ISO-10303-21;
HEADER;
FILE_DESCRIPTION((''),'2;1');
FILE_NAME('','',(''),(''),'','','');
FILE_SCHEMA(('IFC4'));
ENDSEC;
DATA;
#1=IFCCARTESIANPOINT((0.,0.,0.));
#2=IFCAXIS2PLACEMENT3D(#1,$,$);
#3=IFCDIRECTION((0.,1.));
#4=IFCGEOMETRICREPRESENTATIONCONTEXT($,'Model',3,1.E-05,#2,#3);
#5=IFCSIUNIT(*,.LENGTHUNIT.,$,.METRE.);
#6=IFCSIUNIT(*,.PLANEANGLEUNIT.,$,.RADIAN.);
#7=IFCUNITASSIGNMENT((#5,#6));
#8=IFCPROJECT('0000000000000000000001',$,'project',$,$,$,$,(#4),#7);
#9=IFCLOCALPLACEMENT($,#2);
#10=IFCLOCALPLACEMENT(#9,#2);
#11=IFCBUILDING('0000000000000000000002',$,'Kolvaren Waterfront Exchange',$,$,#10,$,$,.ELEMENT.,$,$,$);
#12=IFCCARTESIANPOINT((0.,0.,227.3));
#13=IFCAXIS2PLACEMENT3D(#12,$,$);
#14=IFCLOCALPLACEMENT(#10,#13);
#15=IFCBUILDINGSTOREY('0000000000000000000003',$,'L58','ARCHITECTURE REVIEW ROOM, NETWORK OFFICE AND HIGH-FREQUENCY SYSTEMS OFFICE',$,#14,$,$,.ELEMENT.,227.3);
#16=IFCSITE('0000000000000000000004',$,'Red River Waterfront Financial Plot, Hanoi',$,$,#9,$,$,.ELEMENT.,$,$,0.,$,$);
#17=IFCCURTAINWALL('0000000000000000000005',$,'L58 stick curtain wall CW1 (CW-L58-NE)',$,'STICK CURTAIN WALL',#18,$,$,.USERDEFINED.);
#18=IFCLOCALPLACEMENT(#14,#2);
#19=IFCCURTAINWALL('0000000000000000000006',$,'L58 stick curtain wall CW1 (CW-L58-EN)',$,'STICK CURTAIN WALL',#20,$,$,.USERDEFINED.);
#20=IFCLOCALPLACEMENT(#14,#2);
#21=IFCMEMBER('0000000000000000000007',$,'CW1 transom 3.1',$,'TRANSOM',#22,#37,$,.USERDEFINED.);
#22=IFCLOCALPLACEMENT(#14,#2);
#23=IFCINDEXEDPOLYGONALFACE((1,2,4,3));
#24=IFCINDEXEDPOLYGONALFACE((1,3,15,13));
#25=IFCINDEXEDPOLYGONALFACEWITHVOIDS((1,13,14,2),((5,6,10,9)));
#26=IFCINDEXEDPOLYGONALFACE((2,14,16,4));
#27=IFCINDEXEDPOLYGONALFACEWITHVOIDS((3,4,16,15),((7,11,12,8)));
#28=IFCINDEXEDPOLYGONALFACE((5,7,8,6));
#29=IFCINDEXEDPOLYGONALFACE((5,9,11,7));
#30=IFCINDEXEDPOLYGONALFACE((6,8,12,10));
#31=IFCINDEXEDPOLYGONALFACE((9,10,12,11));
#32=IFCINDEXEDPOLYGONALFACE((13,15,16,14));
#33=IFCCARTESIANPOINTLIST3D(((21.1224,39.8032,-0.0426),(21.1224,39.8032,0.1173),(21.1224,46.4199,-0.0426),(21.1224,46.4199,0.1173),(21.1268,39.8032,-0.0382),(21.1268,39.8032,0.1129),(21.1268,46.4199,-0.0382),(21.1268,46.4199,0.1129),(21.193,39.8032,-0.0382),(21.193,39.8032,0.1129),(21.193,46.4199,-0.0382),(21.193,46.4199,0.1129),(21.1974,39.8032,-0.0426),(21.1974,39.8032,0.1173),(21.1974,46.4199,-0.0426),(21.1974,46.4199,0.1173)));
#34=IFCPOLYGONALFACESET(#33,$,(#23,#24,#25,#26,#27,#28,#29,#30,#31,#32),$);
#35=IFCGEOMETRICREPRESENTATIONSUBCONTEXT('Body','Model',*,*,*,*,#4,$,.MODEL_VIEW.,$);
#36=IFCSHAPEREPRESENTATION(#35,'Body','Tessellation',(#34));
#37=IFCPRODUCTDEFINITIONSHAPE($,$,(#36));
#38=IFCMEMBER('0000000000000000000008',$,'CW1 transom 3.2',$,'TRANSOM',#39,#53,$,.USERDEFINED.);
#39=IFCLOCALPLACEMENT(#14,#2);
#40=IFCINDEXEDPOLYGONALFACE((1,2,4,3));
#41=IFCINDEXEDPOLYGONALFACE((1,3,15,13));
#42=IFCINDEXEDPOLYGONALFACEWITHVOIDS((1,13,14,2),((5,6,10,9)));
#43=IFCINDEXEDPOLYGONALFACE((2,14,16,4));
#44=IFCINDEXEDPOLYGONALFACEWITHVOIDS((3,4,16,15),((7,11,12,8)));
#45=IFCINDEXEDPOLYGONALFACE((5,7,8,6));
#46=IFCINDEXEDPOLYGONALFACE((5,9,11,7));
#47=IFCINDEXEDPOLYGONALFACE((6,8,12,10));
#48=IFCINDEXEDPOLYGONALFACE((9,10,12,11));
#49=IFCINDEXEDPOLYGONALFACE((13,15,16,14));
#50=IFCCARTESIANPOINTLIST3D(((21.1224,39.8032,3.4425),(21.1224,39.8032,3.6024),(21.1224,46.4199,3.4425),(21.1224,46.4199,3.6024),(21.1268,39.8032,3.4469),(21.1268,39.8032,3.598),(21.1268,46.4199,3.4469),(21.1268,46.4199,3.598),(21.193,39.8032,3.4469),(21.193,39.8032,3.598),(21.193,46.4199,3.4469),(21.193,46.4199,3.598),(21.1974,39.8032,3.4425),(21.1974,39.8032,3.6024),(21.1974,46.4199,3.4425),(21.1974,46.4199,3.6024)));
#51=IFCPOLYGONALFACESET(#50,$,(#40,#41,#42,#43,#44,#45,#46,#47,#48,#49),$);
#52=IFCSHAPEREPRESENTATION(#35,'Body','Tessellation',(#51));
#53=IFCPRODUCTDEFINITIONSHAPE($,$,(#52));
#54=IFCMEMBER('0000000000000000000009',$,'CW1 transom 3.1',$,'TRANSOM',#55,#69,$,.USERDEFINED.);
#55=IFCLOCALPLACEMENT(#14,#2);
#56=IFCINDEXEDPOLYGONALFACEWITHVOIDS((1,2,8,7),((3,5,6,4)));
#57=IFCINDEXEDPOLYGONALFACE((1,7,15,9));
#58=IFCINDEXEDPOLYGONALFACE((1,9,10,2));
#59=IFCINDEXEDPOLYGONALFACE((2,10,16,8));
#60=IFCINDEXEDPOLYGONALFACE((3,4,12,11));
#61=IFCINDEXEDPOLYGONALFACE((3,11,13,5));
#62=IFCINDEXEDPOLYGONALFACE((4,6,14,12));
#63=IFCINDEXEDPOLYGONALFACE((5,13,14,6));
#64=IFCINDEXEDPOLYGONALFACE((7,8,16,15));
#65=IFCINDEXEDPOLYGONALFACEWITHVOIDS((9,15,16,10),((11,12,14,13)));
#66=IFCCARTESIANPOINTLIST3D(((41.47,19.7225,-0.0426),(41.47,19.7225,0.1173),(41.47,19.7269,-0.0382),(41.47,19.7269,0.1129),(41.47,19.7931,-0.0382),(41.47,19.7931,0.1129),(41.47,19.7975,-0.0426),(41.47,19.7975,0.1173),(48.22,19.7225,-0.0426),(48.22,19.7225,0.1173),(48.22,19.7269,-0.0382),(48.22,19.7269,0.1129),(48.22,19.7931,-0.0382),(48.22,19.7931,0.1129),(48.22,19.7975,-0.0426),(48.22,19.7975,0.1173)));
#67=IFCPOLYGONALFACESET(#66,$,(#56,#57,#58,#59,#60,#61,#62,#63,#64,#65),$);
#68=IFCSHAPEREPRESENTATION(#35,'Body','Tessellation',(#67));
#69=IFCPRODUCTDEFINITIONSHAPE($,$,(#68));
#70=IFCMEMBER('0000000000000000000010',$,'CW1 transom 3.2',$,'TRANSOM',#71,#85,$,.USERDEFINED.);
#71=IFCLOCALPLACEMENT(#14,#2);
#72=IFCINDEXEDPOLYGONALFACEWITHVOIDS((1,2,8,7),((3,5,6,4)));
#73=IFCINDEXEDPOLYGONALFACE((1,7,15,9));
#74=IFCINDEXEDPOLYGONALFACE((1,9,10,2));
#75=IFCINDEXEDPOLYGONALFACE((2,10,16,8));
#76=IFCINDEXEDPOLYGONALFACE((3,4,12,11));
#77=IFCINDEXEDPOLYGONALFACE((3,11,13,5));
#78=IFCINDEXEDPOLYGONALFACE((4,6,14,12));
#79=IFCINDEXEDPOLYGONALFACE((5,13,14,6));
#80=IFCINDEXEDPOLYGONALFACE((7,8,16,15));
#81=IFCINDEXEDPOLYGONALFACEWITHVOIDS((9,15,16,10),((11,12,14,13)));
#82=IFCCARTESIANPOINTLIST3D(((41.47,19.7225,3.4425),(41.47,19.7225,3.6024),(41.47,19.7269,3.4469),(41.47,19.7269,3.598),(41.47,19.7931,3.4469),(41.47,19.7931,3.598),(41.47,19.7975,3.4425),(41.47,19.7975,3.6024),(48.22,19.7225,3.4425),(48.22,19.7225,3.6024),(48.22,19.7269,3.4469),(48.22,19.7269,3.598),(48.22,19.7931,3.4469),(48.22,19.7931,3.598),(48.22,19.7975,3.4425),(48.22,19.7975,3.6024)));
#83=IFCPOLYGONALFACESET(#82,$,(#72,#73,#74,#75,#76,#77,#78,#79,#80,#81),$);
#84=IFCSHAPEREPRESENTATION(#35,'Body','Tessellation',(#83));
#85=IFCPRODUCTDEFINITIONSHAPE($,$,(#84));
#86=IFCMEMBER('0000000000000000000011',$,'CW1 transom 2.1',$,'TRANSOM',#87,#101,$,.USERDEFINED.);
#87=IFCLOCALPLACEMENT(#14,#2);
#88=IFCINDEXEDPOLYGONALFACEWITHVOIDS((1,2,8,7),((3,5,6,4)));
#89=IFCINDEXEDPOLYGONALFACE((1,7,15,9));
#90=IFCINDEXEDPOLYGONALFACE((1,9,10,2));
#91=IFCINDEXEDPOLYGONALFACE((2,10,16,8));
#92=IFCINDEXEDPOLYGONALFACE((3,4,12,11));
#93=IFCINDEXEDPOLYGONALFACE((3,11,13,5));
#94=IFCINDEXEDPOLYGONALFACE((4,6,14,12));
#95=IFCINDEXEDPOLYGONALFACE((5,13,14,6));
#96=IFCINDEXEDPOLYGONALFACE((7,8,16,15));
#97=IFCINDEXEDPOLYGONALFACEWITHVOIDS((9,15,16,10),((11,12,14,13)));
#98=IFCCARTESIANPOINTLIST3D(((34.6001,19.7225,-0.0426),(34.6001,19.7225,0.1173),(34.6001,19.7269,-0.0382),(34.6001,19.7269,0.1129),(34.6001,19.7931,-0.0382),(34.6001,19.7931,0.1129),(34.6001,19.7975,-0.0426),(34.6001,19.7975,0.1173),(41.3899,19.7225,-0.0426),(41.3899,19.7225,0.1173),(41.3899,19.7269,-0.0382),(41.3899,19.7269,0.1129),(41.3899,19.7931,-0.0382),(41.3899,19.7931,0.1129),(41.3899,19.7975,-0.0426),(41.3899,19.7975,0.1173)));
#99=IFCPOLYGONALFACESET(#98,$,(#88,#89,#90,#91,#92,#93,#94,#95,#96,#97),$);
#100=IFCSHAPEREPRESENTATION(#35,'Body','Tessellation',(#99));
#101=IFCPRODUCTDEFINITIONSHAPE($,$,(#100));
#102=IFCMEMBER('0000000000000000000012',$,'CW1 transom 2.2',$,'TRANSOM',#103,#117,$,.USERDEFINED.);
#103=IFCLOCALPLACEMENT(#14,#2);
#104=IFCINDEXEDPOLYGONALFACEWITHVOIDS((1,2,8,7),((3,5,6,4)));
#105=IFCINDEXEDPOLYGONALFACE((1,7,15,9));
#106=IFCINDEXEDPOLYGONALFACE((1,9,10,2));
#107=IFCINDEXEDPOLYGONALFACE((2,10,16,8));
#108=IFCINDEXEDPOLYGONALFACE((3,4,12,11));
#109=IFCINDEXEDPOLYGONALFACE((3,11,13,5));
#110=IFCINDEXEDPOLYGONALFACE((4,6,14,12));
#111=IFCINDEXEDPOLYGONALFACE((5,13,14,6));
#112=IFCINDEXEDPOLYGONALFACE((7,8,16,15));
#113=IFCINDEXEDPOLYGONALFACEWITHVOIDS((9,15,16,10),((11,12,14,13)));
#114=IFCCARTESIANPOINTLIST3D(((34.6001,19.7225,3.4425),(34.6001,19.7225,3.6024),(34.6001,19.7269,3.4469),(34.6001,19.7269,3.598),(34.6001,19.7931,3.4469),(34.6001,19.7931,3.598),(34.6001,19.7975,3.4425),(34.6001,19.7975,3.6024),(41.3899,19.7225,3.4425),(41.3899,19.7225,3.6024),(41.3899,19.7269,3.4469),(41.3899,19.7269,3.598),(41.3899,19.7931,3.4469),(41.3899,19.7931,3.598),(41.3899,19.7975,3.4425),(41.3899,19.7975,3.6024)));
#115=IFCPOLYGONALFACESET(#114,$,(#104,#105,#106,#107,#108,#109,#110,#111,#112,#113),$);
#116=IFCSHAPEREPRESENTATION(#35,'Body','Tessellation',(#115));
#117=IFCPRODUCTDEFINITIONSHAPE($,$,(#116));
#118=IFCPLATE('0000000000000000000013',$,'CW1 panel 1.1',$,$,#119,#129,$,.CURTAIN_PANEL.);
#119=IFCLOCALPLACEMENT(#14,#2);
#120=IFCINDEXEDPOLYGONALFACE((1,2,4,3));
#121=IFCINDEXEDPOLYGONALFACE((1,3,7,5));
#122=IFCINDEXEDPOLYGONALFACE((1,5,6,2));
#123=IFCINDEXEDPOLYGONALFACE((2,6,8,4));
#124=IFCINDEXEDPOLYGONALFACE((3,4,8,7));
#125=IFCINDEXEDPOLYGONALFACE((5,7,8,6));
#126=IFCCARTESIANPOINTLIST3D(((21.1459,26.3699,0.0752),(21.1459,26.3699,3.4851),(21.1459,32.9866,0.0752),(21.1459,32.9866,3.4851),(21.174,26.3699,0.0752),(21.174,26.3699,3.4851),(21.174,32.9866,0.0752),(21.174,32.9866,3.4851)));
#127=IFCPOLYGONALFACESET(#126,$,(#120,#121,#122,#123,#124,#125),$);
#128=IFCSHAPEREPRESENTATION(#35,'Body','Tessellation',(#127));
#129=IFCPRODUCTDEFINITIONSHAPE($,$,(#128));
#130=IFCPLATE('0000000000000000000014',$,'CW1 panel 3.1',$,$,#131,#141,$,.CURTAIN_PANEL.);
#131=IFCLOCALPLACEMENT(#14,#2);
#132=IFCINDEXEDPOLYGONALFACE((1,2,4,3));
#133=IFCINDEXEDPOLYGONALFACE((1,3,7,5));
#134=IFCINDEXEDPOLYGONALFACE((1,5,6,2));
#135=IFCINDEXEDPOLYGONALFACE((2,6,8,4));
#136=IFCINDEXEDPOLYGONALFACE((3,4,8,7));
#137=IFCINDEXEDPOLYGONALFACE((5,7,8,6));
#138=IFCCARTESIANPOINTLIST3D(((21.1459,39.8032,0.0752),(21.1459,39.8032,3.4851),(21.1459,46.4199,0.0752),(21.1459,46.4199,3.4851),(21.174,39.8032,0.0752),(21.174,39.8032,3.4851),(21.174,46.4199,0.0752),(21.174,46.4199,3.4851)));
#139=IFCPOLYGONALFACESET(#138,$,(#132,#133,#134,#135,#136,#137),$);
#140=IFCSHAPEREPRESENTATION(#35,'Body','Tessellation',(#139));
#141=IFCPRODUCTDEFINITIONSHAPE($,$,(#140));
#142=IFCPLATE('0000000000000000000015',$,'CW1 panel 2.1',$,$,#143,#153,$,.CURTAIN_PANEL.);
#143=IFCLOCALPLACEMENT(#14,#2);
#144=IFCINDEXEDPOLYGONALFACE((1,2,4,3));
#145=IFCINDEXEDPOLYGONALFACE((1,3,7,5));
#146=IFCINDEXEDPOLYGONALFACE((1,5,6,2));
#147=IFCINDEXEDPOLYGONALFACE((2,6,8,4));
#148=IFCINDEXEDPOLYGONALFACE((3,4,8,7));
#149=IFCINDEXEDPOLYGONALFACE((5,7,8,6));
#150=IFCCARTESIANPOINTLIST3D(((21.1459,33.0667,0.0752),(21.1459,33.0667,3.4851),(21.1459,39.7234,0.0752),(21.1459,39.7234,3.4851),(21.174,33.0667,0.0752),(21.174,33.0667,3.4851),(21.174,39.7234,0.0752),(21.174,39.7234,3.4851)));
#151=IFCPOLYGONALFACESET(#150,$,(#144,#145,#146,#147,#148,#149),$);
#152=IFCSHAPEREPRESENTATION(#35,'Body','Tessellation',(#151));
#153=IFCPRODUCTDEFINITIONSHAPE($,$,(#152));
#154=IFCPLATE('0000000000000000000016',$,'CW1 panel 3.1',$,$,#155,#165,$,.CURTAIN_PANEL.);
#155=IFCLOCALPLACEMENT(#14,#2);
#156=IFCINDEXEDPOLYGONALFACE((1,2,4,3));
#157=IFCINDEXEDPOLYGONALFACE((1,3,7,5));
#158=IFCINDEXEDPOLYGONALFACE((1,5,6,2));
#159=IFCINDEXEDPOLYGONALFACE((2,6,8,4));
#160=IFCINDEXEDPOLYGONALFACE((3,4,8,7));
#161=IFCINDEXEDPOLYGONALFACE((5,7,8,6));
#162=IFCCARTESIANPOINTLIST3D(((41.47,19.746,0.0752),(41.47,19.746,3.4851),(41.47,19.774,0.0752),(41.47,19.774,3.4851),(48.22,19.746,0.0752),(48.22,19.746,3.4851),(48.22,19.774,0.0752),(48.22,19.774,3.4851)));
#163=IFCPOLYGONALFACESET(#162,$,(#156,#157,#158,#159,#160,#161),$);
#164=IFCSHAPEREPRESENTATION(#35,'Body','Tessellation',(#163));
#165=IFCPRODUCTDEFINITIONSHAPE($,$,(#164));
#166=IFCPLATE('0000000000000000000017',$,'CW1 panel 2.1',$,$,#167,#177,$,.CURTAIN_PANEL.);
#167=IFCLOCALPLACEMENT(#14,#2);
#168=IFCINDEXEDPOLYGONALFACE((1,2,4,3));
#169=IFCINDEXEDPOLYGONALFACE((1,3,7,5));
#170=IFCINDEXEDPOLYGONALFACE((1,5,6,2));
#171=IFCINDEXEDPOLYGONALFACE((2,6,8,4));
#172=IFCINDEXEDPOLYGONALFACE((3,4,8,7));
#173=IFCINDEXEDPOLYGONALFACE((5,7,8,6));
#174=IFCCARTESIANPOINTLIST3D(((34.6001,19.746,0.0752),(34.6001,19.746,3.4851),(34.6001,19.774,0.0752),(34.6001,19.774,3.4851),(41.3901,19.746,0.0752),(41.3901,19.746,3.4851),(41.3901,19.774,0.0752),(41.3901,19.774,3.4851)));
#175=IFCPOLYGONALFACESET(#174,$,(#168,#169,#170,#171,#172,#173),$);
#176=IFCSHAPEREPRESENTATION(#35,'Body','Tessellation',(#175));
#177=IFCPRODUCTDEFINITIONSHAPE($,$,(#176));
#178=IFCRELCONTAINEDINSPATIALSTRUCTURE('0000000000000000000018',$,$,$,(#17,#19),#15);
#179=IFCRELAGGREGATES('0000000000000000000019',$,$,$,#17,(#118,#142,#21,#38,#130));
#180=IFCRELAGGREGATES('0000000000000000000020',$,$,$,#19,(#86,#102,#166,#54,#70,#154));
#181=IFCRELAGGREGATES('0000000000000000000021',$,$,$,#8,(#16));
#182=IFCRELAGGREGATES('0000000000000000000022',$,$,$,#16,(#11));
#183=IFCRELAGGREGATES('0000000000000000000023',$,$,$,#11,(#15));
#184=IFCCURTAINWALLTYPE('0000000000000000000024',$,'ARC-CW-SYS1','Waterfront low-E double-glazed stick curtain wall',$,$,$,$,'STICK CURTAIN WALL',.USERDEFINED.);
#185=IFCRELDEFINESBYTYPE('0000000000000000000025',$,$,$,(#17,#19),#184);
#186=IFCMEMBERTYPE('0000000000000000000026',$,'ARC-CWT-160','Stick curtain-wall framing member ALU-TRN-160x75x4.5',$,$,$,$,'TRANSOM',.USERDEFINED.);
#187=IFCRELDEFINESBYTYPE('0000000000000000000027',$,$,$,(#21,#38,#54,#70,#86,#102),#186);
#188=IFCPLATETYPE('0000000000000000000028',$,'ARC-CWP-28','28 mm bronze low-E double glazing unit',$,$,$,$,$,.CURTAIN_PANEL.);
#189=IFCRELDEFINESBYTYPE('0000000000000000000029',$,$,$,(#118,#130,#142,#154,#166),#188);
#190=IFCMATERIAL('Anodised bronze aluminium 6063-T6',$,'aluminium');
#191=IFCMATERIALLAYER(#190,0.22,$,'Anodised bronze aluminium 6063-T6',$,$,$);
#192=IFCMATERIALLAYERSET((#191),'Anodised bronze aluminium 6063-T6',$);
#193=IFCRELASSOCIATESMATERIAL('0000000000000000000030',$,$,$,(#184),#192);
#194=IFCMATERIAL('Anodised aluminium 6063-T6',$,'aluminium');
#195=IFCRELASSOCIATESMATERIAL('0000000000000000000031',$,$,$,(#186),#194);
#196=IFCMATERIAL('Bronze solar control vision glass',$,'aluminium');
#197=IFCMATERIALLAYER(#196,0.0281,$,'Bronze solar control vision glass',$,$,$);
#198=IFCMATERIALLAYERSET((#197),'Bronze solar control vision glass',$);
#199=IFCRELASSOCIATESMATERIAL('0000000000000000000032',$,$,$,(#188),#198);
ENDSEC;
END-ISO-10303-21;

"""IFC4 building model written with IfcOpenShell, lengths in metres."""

from ifc_helpers import new_model, si_unit, direction, frame, origin, origin_with_axes, origin_2d, place, context, subcontext, project, spatial, rectangle, hollow_rectangle, extrude, source, transform, mapped, material, layer, layer_set, material_profile, profile_set, type_object, element, aggregate, save


model = new_model("IFC4")

# Units and contexts
model_context = context("Model", 3, precision=1e-05, world=origin(), true_north=direction((0.0, 1.0)))
body_context = subcontext(model_context, "Body", "Model", "MODEL_VIEW")
ifc_project = project(units=[si_unit("LENGTHUNIT", "METRE"), si_unit("PLANEANGLEUNIT", "RADIAN")], contexts=[model_context])

# Site, building, storey
site_placement = place(None, origin())
site = spatial("IfcSite", under=ifc_project, at=site_placement, Name="Red River Waterfront Financial Plot, Hanoi", CompositionType="ELEMENT", RefElevation=0.0)
building_placement = place(site_placement, origin())
building = spatial("IfcBuilding", under=site, at=building_placement, Name="Kolvaren Waterfront Exchange", CompositionType="ELEMENT")
storey_placement = place(building_placement, frame((0.0, 0.0, 227.3)))
storey = spatial("IfcBuildingStorey", under=building, at=storey_placement, Name="L58", Description="ARCHITECTURE REVIEW ROOM, NETWORK OFFICE AND HIGH-FREQUENCY SYSTEMS OFFICE", CompositionType="ELEMENT", Elevation=227.3)

# Curtain walls
ifc_material_1 = material(Name="Anodised bronze aluminium 6063-T6", Category="aluminium")
ifc_layer_1 = layer(ifc_material_1, 0.22, Name="Anodised bronze aluminium 6063-T6")
ifc_layer_set_1 = layer_set([ifc_layer_1], Name="Anodised bronze aluminium 6063-T6")
curtain_wall_type = type_object("IfcCurtainWallType", Name="ARC-CW-SYS1", Description="Waterfront low-E double-glazed stick curtain wall", ElementType="STICK CURTAIN WALL", PredefinedType="USERDEFINED", material=ifc_layer_set_1)
curtain_wall_1_placement = place(storey_placement, origin())
curtain_wall_1 = element("IfcCurtainWall", 1, at=curtain_wall_1_placement, inside=storey, type_object=curtain_wall_type, Name="L58 stick curtain wall CW1 (CW-L58-NE)", ObjectType="STICK CURTAIN WALL", PredefinedType="USERDEFINED")
ifc_material_2 = material(Name="Anodised aluminium 6063-T6", Category="aluminium")
curtain_wall_2_placement = place(storey_placement, origin())
curtain_wall_2 = element("IfcCurtainWall", 2, at=curtain_wall_2_placement, inside=storey, type_object=curtain_wall_type, Name="L58 stick curtain wall CW1 (CW-L58-EN)", ObjectType="STICK CURTAIN WALL", PredefinedType="USERDEFINED")

# Members
ifc_material_profile_1 = material_profile(ifc_material_2, hollow_rectangle(XDim=0.075, YDim=0.1599, WallThickness=0.0044, at=origin_2d()), Name="ALU-TRN-160x75x4.5")
ifc_profile_set_1 = profile_set([ifc_material_profile_1], Name="Anodised aluminium 6063-T6")
member_type_1 = type_object("IfcMemberType", Name="ARC-CWT-160", Description="Stick curtain-wall framing member ALU-TRN-160x75x4.5", ElementType="TRANSOM", PredefinedType="USERDEFINED", material=ifc_profile_set_1)
shared_shape_1 = source(origin_with_axes(), body_context, "Body", "SweptSolid", [
    extrude(hollow_rectangle(XDim=0.075, YDim=0.1599, WallThickness=0.0044, at=origin_2d()), origin(), (0.0, 0.0, 1.0), 6.6167),
])
member_1_placement = place(storey_placement, frame((21.1599, 39.8032, 0.0374), z_axis=(0.0, 1.0, 0.0), x_axis=(-1.0, 0.0, 0.0)))
member_1 = element("IfcMember", 3, at=member_1_placement, type_object=member_type_1, Name="CW1 transom 3.1", ObjectType="TRANSOM", PredefinedType="USERDEFINED", context=body_context, shape_type="MappedRepresentation", body=[
    mapped(shared_shape_1, transform((0.0, 0.0, 0.0), x_axis=(1.0, 0.0, 0.0), y_axis=(0.0, 1.0, 0.0), z_axis=(0.0, 0.0, 1.0), scale=1.0)),
])
member_2_placement = place(storey_placement, frame((21.1599, 39.8032, 3.5225), z_axis=(0.0, 1.0, 0.0), x_axis=(-1.0, 0.0, 0.0)))
member_2 = element("IfcMember", 4, at=member_2_placement, type_object=member_type_1, Name="CW1 transom 3.2", ObjectType="TRANSOM", PredefinedType="USERDEFINED", context=body_context, shape_type="MappedRepresentation", body=[
    mapped(shared_shape_1, transform((0.0, 0.0, 0.0), x_axis=(1.0, 0.0, 0.0), y_axis=(0.0, 1.0, 0.0), z_axis=(0.0, 0.0, 1.0), scale=1.0)),
])
shared_shape_2 = source(origin_with_axes(), body_context, "Body", "SweptSolid", [
    extrude(hollow_rectangle(XDim=0.075, YDim=0.1599, WallThickness=0.0044, at=origin_2d()), origin(), (0.0, 0.0, 1.0), 6.75),
])
member_3_placement = place(storey_placement, frame((41.47, 19.76, 0.0374), z_axis=(1.0, 0.0, 0.0), x_axis=(0.0, 1.0, 0.0)))
member_3 = element("IfcMember", 5, at=member_3_placement, type_object=member_type_1, Name="CW1 transom 3.1", ObjectType="TRANSOM", PredefinedType="USERDEFINED", context=body_context, shape_type="MappedRepresentation", body=[
    mapped(shared_shape_2, transform((0.0, 0.0, 0.0), x_axis=(1.0, 0.0, 0.0), y_axis=(0.0, 1.0, 0.0), z_axis=(0.0, 0.0, 1.0), scale=1.0)),
])
member_4_placement = place(storey_placement, frame((41.47, 19.76, 3.5225), z_axis=(1.0, 0.0, 0.0), x_axis=(0.0, 1.0, 0.0)))
member_4 = element("IfcMember", 6, at=member_4_placement, type_object=member_type_1, Name="CW1 transom 3.2", ObjectType="TRANSOM", PredefinedType="USERDEFINED", context=body_context, shape_type="MappedRepresentation", body=[
    mapped(shared_shape_2, transform((0.0, 0.0, 0.0), x_axis=(1.0, 0.0, 0.0), y_axis=(0.0, 1.0, 0.0), z_axis=(0.0, 0.0, 1.0), scale=1.0)),
])
shared_shape_3 = source(origin_with_axes(), body_context, "Body", "SweptSolid", [
    extrude(hollow_rectangle(XDim=0.075, YDim=0.1599, WallThickness=0.0044, at=origin_2d()), origin(), (0.0, 0.0, 1.0), 6.7898),
])
member_5_placement = place(storey_placement, frame((34.6001, 19.76, 0.0374), z_axis=(1.0, 0.0, 0.0), x_axis=(0.0, 1.0, 0.0)))
member_5 = element("IfcMember", 7, at=member_5_placement, type_object=member_type_1, Name="CW1 transom 2.1", ObjectType="TRANSOM", PredefinedType="USERDEFINED", context=body_context, shape_type="MappedRepresentation", body=[
    mapped(shared_shape_3, transform((0.0, 0.0, 0.0), x_axis=(1.0, 0.0, 0.0), y_axis=(0.0, 1.0, 0.0), z_axis=(0.0, 0.0, 1.0), scale=1.0)),
])
member_6_placement = place(storey_placement, frame((34.6001, 19.76, 3.5225), z_axis=(1.0, 0.0, 0.0), x_axis=(0.0, 1.0, 0.0)))
member_6 = element("IfcMember", 8, at=member_6_placement, type_object=member_type_1, Name="CW1 transom 2.2", ObjectType="TRANSOM", PredefinedType="USERDEFINED", context=body_context, shape_type="MappedRepresentation", body=[
    mapped(shared_shape_3, transform((0.0, 0.0, 0.0), x_axis=(1.0, 0.0, 0.0), y_axis=(0.0, 1.0, 0.0), z_axis=(0.0, 0.0, 1.0), scale=1.0)),
])

# Plates
ifc_material_3 = material(Name="Bronze solar control vision glass", Category="aluminium")
ifc_layer_2 = layer(ifc_material_3, 0.0281, Name="Bronze solar control vision glass")
ifc_layer_set_2 = layer_set([ifc_layer_2], Name="Bronze solar control vision glass")
plate_type = type_object("IfcPlateType", Name="ARC-CWP-28", Description="28 mm bronze low-E double glazing unit", PredefinedType="CURTAIN_PANEL", material=ifc_layer_set_2)
shared_shape_4 = source(origin_with_axes(), body_context, "Body", "SweptSolid", [
    extrude(rectangle(XDim=6.6167, YDim=0.0281, at=origin_2d()), origin(), (0.0, 0.0, 1.0), 3.4099),
])
plate_1_placement = place(storey_placement, frame((21.1599, 29.6782, 0.0752), z_axis=(0.0, 0.0, 1.0), x_axis=(0.0, 1.0, 0.0)))
plate_1 = element("IfcPlate", 9, at=plate_1_placement, type_object=plate_type, Name="CW1 panel 1.1", PredefinedType="CURTAIN_PANEL", context=body_context, shape_type="MappedRepresentation", body=[
    mapped(shared_shape_4, transform((0.0, 0.0, 0.0), x_axis=(1.0, 0.0, 0.0), y_axis=(0.0, 1.0, 0.0), z_axis=(0.0, 0.0, 1.0), scale=1.0)),
])
plate_2_placement = place(storey_placement, frame((21.1599, 43.1116, 0.0752), z_axis=(0.0, 0.0, 1.0), x_axis=(0.0, 1.0, 0.0)))
plate_2 = element("IfcPlate", 10, at=plate_2_placement, type_object=plate_type, Name="CW1 panel 3.1", PredefinedType="CURTAIN_PANEL", context=body_context, shape_type="MappedRepresentation", body=[
    mapped(shared_shape_4, transform((0.0, 0.0, 0.0), x_axis=(1.0, 0.0, 0.0), y_axis=(0.0, 1.0, 0.0), z_axis=(0.0, 0.0, 1.0), scale=1.0)),
])
shared_shape_5 = source(origin_with_axes(), body_context, "Body", "SweptSolid", [
    extrude(rectangle(XDim=6.6567, YDim=0.0281, at=origin_2d()), origin(), (0.0, 0.0, 1.0), 3.4099),
])
plate_3_placement = place(storey_placement, frame((21.1599, 36.395, 0.0752), z_axis=(0.0, 0.0, 1.0), x_axis=(0.0, 1.0, 0.0)))
plate_3 = element("IfcPlate", 11, at=plate_3_placement, type_object=plate_type, Name="CW1 panel 2.1", PredefinedType="CURTAIN_PANEL", context=body_context, shape_type="MappedRepresentation", body=[
    mapped(shared_shape_5, transform((0.0, 0.0, 0.0), x_axis=(1.0, 0.0, 0.0), y_axis=(0.0, 1.0, 0.0), z_axis=(0.0, 0.0, 1.0), scale=1.0)),
])
aggregate(curtain_wall_1, [plate_1, plate_3, member_1, member_2, plate_2])
shared_shape_6 = source(origin_with_axes(), body_context, "Body", "SweptSolid", [
    extrude(rectangle(XDim=6.75, YDim=0.0281, at=origin_2d()), origin(), (0.0, 0.0, 1.0), 3.4099),
])
plate_4_placement = place(storey_placement, frame((44.845, 19.76, 0.0752), z_axis=(0.0, 0.0, 1.0), x_axis=(1.0, 0.0, 0.0)))
plate_4 = element("IfcPlate", 12, at=plate_4_placement, type_object=plate_type, Name="CW1 panel 3.1", PredefinedType="CURTAIN_PANEL", context=body_context, shape_type="MappedRepresentation", body=[
    mapped(shared_shape_6, transform((0.0, 0.0, 0.0), x_axis=(1.0, 0.0, 0.0), y_axis=(0.0, 1.0, 0.0), z_axis=(0.0, 0.0, 1.0), scale=1.0)),
])
shared_shape_7 = source(origin_with_axes(), body_context, "Body", "SweptSolid", [
    extrude(rectangle(XDim=6.79, YDim=0.0281, at=origin_2d()), origin(), (0.0, 0.0, 1.0), 3.4099),
])
plate_5_placement = place(storey_placement, frame((37.9951, 19.76, 0.0752), z_axis=(0.0, 0.0, 1.0), x_axis=(1.0, 0.0, 0.0)))
plate_5 = element("IfcPlate", 13, at=plate_5_placement, type_object=plate_type, Name="CW1 panel 2.1", PredefinedType="CURTAIN_PANEL", context=body_context, shape_type="MappedRepresentation", body=[
    mapped(shared_shape_7, transform((0.0, 0.0, 0.0), x_axis=(1.0, 0.0, 0.0), y_axis=(0.0, 1.0, 0.0), z_axis=(0.0, 0.0, 1.0), scale=1.0)),
])
aggregate(curtain_wall_2, [member_5, member_6, plate_5, member_3, member_4, plate_4])

save(model, "model.ifc")
